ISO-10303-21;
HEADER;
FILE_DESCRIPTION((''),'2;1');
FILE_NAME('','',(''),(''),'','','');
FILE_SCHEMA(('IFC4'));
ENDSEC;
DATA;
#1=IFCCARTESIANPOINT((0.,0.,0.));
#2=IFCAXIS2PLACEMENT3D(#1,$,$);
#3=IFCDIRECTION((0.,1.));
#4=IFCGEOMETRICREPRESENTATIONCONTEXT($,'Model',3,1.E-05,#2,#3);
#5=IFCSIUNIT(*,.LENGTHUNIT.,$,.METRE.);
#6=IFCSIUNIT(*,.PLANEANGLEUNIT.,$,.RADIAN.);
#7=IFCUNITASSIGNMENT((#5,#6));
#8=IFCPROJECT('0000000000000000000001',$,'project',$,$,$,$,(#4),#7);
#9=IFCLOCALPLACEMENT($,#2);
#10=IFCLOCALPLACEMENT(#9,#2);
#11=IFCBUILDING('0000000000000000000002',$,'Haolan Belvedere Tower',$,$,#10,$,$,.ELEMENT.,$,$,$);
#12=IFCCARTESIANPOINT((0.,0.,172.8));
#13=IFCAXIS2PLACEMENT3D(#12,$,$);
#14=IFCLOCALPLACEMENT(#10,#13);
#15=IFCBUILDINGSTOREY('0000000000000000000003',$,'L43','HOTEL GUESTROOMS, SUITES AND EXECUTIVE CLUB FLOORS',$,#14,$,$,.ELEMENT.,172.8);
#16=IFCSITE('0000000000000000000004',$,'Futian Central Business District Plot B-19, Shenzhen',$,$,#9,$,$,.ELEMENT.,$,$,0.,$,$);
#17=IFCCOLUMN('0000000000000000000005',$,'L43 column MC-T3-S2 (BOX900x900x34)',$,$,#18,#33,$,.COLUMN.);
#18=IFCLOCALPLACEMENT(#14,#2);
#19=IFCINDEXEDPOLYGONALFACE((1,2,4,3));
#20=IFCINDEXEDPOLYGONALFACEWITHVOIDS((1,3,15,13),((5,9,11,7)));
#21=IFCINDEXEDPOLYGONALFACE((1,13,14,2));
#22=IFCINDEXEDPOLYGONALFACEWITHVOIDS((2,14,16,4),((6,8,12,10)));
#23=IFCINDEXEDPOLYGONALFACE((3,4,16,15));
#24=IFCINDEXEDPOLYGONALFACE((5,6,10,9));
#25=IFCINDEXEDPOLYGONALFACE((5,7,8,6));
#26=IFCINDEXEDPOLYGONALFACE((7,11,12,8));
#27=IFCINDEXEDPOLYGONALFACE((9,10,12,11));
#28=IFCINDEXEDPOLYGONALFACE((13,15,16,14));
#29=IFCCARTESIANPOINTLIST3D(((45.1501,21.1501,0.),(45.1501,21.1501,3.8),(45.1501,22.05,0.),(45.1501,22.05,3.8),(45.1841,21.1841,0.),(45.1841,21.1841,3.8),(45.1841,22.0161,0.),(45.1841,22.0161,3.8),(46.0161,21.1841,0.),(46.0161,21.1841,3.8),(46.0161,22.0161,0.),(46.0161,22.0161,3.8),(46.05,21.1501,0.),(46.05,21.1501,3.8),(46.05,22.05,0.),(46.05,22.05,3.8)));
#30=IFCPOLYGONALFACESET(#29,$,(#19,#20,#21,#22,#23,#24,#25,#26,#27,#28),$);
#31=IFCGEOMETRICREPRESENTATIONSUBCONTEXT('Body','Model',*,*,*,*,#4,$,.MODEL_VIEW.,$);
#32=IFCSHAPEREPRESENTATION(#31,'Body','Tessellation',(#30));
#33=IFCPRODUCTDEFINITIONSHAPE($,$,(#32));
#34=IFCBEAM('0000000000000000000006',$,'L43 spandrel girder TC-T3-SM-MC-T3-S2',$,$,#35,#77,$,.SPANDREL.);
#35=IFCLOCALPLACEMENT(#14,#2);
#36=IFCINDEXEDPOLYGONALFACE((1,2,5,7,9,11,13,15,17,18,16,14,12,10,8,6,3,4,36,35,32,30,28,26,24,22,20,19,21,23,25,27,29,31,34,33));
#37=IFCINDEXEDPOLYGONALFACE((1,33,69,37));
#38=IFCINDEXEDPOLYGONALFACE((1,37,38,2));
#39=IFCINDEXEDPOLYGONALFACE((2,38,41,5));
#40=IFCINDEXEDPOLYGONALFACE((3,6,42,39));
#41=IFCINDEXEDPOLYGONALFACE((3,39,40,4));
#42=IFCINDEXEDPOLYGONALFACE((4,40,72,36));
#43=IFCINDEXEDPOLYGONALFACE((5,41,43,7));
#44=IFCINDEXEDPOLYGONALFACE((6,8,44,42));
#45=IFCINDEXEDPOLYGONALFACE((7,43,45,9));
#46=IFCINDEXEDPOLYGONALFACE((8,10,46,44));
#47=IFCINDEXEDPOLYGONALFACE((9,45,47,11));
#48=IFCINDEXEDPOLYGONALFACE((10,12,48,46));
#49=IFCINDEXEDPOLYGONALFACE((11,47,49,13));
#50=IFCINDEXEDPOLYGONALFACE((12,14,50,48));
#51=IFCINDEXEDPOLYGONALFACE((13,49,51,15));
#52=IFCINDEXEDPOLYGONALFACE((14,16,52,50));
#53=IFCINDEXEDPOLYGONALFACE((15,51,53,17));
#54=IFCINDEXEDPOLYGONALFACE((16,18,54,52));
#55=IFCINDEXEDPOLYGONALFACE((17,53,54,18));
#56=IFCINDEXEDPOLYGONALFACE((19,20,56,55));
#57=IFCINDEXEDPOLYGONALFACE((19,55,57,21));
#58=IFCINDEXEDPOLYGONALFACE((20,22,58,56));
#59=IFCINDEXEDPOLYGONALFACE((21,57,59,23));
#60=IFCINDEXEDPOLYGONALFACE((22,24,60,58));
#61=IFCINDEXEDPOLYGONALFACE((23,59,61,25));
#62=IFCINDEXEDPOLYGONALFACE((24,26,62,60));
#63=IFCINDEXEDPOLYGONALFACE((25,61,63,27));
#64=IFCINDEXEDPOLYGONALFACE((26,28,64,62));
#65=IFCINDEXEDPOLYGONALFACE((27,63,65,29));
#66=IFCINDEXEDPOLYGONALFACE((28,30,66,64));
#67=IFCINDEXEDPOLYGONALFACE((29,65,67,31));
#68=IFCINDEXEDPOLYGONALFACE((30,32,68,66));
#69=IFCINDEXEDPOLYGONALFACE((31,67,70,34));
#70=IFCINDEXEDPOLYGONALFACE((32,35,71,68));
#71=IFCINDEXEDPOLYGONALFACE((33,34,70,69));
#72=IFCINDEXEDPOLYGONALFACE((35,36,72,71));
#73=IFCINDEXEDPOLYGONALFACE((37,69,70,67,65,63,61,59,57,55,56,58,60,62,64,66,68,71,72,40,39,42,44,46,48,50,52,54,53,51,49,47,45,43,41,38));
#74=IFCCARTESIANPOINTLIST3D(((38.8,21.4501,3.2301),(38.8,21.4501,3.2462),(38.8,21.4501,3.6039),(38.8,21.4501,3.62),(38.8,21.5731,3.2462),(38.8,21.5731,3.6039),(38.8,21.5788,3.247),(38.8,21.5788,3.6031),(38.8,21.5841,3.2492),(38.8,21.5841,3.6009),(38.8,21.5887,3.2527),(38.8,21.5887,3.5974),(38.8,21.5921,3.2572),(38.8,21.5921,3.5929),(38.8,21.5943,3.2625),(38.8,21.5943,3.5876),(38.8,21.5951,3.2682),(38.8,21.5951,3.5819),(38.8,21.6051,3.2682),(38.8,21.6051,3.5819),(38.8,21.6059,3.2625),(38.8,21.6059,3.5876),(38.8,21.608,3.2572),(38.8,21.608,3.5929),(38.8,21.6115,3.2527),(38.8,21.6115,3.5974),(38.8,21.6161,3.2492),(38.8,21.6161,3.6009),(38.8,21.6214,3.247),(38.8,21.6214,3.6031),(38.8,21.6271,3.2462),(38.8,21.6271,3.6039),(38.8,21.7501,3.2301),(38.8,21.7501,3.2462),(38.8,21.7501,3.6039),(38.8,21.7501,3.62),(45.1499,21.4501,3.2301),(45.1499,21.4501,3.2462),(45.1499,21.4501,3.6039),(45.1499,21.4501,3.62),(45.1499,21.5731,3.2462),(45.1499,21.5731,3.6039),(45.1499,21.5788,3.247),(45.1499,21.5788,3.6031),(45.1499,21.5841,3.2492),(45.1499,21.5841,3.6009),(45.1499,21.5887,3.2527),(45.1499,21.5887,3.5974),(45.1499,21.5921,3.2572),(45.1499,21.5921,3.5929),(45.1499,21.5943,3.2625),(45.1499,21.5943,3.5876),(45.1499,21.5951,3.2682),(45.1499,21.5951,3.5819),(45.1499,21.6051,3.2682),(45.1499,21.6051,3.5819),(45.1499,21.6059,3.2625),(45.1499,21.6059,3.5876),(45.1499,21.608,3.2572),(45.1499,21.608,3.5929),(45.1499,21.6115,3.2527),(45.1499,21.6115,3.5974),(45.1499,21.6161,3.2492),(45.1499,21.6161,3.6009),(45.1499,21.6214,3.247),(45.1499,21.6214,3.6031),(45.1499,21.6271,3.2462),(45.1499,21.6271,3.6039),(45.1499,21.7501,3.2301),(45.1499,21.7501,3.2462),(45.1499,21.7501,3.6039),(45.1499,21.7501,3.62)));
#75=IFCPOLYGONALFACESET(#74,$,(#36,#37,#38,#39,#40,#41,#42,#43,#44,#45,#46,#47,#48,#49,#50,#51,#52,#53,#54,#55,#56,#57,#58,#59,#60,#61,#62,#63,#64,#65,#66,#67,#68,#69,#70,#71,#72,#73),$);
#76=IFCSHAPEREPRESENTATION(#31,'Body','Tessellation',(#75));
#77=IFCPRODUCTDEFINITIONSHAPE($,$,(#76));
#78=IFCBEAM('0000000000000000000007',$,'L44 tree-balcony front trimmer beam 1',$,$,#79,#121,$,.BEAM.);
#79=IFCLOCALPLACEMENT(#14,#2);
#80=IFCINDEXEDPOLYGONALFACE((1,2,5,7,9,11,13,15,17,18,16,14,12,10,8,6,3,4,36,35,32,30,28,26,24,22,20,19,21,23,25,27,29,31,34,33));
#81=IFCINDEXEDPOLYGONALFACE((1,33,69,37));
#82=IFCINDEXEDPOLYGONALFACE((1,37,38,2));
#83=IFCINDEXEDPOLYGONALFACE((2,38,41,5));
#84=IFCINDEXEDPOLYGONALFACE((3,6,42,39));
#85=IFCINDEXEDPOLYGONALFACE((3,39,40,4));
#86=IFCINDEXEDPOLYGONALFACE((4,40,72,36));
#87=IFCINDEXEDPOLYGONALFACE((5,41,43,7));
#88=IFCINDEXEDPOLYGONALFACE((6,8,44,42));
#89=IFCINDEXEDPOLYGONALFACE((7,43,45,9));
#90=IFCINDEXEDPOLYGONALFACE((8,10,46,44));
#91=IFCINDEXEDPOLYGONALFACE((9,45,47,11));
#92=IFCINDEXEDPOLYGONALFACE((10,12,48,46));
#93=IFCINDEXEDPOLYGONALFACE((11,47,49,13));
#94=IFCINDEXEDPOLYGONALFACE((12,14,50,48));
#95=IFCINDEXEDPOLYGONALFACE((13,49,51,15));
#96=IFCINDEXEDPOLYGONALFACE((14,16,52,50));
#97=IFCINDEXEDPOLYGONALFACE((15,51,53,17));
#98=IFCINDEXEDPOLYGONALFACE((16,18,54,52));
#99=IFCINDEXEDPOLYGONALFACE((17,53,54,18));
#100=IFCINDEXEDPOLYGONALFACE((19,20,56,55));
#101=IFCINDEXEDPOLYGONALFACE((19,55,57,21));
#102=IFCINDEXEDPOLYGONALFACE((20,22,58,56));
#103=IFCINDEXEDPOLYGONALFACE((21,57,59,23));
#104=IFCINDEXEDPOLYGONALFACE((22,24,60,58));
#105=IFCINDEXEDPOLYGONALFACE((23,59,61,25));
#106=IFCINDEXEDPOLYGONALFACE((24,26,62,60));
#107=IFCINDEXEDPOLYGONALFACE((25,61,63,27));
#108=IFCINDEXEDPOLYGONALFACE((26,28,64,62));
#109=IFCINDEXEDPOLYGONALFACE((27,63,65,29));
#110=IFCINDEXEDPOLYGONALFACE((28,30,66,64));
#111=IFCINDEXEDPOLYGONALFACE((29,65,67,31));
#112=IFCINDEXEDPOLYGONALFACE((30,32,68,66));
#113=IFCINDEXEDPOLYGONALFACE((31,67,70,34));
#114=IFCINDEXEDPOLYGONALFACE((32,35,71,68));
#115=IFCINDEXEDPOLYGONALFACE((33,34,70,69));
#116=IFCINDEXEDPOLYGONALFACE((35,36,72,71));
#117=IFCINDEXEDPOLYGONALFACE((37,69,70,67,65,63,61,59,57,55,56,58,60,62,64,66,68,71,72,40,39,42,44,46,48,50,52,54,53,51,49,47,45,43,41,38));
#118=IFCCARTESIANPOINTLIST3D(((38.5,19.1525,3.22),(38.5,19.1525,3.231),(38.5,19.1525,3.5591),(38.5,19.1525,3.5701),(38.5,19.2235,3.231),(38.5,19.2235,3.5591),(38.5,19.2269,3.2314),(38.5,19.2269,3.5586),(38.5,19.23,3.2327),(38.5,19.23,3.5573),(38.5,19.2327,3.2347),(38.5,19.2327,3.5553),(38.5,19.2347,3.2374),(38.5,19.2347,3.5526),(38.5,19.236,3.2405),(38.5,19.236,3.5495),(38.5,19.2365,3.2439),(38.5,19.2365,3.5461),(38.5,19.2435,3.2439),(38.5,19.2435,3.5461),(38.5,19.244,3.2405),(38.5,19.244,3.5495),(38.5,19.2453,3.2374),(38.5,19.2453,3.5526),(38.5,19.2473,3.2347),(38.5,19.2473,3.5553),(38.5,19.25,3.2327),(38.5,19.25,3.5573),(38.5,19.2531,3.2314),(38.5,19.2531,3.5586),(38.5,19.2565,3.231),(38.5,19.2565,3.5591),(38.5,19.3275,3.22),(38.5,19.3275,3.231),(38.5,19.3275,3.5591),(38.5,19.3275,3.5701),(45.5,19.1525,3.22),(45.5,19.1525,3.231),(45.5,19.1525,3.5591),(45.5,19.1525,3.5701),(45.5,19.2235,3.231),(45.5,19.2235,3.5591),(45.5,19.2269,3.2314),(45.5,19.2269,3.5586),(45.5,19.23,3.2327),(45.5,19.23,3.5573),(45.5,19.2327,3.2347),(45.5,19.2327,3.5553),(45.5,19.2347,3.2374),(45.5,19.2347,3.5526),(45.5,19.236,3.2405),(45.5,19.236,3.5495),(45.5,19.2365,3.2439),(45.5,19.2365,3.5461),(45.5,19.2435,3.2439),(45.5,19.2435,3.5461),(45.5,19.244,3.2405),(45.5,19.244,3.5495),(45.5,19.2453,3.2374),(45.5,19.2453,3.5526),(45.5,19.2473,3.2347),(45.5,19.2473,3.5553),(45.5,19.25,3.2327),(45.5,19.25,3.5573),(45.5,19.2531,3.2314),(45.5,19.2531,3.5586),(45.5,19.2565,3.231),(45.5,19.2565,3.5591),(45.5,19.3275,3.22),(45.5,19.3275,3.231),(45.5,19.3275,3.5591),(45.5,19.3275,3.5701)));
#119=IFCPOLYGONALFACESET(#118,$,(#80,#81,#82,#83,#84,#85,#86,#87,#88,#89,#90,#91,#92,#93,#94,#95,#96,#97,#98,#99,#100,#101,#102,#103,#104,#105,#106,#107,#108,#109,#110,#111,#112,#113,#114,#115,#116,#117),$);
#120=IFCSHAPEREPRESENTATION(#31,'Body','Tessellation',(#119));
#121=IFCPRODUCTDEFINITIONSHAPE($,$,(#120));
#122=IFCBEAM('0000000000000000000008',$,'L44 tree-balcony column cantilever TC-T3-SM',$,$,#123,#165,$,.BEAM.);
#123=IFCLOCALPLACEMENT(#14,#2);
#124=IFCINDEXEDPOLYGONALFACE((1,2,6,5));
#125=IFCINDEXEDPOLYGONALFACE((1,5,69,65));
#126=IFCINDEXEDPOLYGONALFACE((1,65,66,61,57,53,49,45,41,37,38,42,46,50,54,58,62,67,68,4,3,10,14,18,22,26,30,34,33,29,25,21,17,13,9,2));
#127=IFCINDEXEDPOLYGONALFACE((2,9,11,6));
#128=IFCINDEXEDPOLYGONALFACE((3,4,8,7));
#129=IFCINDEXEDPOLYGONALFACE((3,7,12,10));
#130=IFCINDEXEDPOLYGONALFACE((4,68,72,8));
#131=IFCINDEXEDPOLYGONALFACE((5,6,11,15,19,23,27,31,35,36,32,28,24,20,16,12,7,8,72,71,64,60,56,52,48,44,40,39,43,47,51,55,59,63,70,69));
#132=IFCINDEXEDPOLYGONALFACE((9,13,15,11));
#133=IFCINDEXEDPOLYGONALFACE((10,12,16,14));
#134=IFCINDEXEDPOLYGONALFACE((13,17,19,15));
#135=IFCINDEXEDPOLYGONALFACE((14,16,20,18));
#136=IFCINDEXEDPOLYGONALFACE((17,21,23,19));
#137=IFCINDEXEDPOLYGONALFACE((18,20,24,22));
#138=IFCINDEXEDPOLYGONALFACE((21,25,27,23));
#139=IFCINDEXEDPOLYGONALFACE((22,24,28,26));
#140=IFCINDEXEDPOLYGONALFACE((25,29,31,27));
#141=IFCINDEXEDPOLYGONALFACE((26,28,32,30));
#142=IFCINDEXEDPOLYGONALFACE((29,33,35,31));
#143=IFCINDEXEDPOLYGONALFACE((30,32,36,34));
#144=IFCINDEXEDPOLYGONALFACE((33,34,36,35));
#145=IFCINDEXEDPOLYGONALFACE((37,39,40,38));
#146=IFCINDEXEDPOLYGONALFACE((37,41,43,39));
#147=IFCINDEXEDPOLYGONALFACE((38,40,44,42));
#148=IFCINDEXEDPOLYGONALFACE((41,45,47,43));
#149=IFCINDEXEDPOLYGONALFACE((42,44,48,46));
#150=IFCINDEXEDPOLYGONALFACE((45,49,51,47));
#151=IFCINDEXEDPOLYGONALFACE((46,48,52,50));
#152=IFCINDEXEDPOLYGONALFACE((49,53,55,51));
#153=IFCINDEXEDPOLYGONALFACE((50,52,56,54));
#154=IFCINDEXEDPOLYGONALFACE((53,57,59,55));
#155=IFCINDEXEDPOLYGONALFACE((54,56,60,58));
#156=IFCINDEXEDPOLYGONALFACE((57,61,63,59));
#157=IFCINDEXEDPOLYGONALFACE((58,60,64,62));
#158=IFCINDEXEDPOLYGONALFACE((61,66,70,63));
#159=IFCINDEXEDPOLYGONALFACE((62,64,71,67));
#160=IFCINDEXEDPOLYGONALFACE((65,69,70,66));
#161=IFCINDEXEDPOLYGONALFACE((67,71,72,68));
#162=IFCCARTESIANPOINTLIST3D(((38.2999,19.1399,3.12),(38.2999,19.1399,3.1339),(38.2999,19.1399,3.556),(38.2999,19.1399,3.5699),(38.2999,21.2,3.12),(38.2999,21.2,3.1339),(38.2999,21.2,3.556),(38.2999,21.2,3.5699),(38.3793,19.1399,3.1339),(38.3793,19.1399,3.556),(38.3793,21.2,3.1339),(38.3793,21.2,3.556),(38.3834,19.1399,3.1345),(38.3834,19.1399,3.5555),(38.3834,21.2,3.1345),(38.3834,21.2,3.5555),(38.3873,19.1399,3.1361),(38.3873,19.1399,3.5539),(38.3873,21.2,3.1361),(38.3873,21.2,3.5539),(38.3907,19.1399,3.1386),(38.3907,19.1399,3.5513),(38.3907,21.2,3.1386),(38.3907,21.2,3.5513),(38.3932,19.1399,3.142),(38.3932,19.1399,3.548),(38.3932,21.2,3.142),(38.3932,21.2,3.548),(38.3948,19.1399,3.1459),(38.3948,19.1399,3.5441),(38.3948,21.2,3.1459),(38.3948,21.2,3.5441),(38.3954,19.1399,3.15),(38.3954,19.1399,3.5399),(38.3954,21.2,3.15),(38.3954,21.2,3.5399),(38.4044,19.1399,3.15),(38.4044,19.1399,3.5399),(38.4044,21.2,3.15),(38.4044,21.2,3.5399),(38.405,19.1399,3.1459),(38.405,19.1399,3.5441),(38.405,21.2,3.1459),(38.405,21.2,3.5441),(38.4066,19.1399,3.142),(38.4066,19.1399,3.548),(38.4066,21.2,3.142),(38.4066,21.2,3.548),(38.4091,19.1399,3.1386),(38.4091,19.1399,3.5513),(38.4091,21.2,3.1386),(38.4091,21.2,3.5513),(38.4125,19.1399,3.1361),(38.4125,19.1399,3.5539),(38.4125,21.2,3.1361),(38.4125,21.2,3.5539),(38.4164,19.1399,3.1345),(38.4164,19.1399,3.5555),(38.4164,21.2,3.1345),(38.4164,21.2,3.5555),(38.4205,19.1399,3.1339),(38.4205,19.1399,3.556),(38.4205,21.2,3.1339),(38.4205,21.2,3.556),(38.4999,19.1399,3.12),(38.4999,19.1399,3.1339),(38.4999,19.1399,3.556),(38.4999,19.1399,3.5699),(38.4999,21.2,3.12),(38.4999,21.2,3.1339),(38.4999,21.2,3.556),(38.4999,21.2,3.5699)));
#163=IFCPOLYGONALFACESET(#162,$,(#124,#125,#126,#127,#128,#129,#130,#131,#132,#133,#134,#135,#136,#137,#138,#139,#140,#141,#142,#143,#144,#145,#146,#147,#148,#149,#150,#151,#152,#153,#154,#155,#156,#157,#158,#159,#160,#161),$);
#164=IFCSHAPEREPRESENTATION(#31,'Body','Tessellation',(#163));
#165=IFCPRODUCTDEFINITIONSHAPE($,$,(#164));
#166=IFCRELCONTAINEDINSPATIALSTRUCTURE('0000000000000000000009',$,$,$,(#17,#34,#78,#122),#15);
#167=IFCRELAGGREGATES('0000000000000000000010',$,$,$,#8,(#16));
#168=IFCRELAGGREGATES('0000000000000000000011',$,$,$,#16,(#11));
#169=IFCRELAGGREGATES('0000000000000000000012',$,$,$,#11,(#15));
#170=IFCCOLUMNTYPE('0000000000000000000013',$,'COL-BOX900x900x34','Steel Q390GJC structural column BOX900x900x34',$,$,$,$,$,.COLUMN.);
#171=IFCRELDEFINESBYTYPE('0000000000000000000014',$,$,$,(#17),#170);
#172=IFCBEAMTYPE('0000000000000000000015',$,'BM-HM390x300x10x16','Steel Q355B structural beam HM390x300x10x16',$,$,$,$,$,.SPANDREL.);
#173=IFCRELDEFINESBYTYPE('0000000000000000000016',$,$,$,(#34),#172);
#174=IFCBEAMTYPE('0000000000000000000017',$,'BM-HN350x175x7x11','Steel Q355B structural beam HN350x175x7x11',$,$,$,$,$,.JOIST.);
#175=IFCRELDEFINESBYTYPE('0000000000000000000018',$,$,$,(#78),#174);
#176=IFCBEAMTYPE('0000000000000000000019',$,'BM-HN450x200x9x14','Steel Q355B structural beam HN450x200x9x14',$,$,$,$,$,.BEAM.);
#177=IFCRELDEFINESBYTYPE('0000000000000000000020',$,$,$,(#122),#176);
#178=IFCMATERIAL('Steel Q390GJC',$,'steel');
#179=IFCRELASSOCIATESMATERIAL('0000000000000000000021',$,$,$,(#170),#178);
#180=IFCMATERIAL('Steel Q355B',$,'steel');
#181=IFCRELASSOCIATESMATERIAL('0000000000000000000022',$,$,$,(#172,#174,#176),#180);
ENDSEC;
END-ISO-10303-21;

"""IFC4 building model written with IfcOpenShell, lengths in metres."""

from ifc_helpers import new_model, si_unit, direction, frame, origin, origin_2d, place, context, subcontext, project, spatial, hollow_rectangle, i_section, extrude, material, material_profile, profile_set, type_object, element, save


model = new_model("IFC4")

# Units and contexts
model_context = context("Model", 3, precision=1e-05, world=origin(), true_north=direction((0.0, 1.0)))
body_context = subcontext(model_context, "Body", "Model", "MODEL_VIEW")
ifc_project = project(units=[si_unit("LENGTHUNIT", "METRE"), si_unit("PLANEANGLEUNIT", "RADIAN")], contexts=[model_context])

# Site, building, storey
site_placement = place(None, origin())
site = spatial("IfcSite", under=ifc_project, at=site_placement, Name="Futian Central Business District Plot B-19, Shenzhen", CompositionType="ELEMENT", RefElevation=0.0)
building_placement = place(site_placement, origin())
building = spatial("IfcBuilding", under=site, at=building_placement, Name="Haolan Belvedere Tower", CompositionType="ELEMENT")
storey_placement = place(building_placement, frame((0.0, 0.0, 172.8)))
storey = spatial("IfcBuildingStorey", under=building, at=storey_placement, Name="L43", Description="HOTEL GUESTROOMS, SUITES AND EXECUTIVE CLUB FLOORS", CompositionType="ELEMENT", Elevation=172.8)

# Column
ifc_material_1 = material(Name="Steel Q390GJC", Category="steel")
ifc_material_profile_1 = material_profile(ifc_material_1, hollow_rectangle(XDim=0.8999, YDim=0.8999, WallThickness=0.0339, at=origin_2d()), Name="Steel Q390GJC")
ifc_profile_set_1 = profile_set([ifc_material_profile_1], Name="Steel Q390GJC")
column_type = type_object("IfcColumnType", Name="COL-BOX900x900x34", Description="Steel Q390GJC structural column BOX900x900x34", PredefinedType="COLUMN", material=ifc_profile_set_1)
column_placement = place(storey_placement, frame((45.6001, 21.6001, 0.0), z_axis=(0.0, 0.0, 1.0), x_axis=(1.0, 0.0, 0.0)))
element("IfcColumn", 1, at=column_placement, inside=storey, type_object=column_type, Name="L43 column MC-T3-S2 (BOX900x900x34)", PredefinedType="COLUMN", context=body_context, shape_type="SweptSolid", body=[
    extrude(hollow_rectangle(XDim=0.8999, YDim=0.8999, WallThickness=0.0339, at=origin_2d()), origin(), (0.0, 0.0, 1.0), 3.8),
])

# Beams
ifc_material_2 = material(Name="Steel Q355B", Category="steel")
ifc_material_profile_2 = material_profile(ifc_material_2, i_section(OverallWidth=0.3, OverallDepth=0.3899, WebThickness=0.01, FlangeThickness=0.0161, FilletRadius=0.022, at=origin_2d()), Name="Steel Q355B")
ifc_profile_set_2 = profile_set([ifc_material_profile_2], Name="Steel Q355B")
beam_type_1 = type_object("IfcBeamType", Name="BM-HM390x300x10x16", Description="Steel Q355B structural beam HM390x300x10x16", PredefinedType="SPANDREL", material=ifc_profile_set_2)
beam_1_placement = place(storey_placement, frame((38.8, 21.6001, 3.425), z_axis=(1.0, 0.0, 0.0), x_axis=(0.0, 1.0, 0.0)))
element("IfcBeam", 2, at=beam_1_placement, inside=storey, type_object=beam_type_1, Name="L43 spandrel girder TC-T3-SM-MC-T3-S2", PredefinedType="SPANDREL", context=body_context, shape_type="SweptSolid", body=[
    extrude(i_section(OverallWidth=0.3, OverallDepth=0.3899, WebThickness=0.01, FlangeThickness=0.0161, FilletRadius=0.022, at=origin_2d()), origin(), (0.0, 0.0, 1.0), 6.3499),
])
ifc_material_profile_3 = material_profile(ifc_material_2, i_section(OverallWidth=0.175, OverallDepth=0.3501, WebThickness=0.0071, FlangeThickness=0.011, FilletRadius=0.0129, at=origin_2d()), Name="Steel Q355B")
ifc_profile_set_3 = profile_set([ifc_material_profile_3], Name="Steel Q355B")
beam_type_2 = type_object("IfcBeamType", Name="BM-HN350x175x7x11", Description="Steel Q355B structural beam HN350x175x7x11", PredefinedType="JOIST", material=ifc_profile_set_3)
beam_2_placement = place(storey_placement, frame((38.5, 19.24, 3.395), z_axis=(1.0, 0.0, 0.0), x_axis=(0.0, 1.0, 0.0)))
element("IfcBeam", 3, at=beam_2_placement, inside=storey, type_object=beam_type_2, Name="L44 tree-balcony front trimmer beam 1", PredefinedType="BEAM", context=body_context, shape_type="SweptSolid", body=[
    extrude(i_section(OverallWidth=0.175, OverallDepth=0.3501, WebThickness=0.0071, FlangeThickness=0.011, FilletRadius=0.0129, at=origin_2d()), origin(), (0.0, 0.0, 1.0), 7.0),
])
ifc_material_profile_4 = material_profile(ifc_material_2, i_section(OverallWidth=0.2, OverallDepth=0.45, WebThickness=0.009, FlangeThickness=0.0139, FilletRadius=0.0161, at=origin_2d()), Name="Steel Q355B")
ifc_profile_set_4 = profile_set([ifc_material_profile_4], Name="Steel Q355B")
beam_type_3 = type_object("IfcBeamType", Name="BM-HN450x200x9x14", Description="Steel Q355B structural beam HN450x200x9x14", PredefinedType="BEAM", material=ifc_profile_set_4)
beam_3_placement = place(storey_placement, frame((38.3999, 21.2, 3.345), z_axis=(0.0, -1.0, 0.0), x_axis=(1.0, 0.0, 0.0)))
element("IfcBeam", 4, at=beam_3_placement, inside=storey, type_object=beam_type_3, Name="L44 tree-balcony column cantilever TC-T3-SM", PredefinedType="BEAM", context=body_context, shape_type="SweptSolid", body=[
    extrude(i_section(OverallWidth=0.2, OverallDepth=0.45, WebThickness=0.009, FlangeThickness=0.0139, FilletRadius=0.0161, at=origin_2d()), origin(), (0.0, 0.0, 1.0), 2.0601),
])

save(model, "model.ifc")
